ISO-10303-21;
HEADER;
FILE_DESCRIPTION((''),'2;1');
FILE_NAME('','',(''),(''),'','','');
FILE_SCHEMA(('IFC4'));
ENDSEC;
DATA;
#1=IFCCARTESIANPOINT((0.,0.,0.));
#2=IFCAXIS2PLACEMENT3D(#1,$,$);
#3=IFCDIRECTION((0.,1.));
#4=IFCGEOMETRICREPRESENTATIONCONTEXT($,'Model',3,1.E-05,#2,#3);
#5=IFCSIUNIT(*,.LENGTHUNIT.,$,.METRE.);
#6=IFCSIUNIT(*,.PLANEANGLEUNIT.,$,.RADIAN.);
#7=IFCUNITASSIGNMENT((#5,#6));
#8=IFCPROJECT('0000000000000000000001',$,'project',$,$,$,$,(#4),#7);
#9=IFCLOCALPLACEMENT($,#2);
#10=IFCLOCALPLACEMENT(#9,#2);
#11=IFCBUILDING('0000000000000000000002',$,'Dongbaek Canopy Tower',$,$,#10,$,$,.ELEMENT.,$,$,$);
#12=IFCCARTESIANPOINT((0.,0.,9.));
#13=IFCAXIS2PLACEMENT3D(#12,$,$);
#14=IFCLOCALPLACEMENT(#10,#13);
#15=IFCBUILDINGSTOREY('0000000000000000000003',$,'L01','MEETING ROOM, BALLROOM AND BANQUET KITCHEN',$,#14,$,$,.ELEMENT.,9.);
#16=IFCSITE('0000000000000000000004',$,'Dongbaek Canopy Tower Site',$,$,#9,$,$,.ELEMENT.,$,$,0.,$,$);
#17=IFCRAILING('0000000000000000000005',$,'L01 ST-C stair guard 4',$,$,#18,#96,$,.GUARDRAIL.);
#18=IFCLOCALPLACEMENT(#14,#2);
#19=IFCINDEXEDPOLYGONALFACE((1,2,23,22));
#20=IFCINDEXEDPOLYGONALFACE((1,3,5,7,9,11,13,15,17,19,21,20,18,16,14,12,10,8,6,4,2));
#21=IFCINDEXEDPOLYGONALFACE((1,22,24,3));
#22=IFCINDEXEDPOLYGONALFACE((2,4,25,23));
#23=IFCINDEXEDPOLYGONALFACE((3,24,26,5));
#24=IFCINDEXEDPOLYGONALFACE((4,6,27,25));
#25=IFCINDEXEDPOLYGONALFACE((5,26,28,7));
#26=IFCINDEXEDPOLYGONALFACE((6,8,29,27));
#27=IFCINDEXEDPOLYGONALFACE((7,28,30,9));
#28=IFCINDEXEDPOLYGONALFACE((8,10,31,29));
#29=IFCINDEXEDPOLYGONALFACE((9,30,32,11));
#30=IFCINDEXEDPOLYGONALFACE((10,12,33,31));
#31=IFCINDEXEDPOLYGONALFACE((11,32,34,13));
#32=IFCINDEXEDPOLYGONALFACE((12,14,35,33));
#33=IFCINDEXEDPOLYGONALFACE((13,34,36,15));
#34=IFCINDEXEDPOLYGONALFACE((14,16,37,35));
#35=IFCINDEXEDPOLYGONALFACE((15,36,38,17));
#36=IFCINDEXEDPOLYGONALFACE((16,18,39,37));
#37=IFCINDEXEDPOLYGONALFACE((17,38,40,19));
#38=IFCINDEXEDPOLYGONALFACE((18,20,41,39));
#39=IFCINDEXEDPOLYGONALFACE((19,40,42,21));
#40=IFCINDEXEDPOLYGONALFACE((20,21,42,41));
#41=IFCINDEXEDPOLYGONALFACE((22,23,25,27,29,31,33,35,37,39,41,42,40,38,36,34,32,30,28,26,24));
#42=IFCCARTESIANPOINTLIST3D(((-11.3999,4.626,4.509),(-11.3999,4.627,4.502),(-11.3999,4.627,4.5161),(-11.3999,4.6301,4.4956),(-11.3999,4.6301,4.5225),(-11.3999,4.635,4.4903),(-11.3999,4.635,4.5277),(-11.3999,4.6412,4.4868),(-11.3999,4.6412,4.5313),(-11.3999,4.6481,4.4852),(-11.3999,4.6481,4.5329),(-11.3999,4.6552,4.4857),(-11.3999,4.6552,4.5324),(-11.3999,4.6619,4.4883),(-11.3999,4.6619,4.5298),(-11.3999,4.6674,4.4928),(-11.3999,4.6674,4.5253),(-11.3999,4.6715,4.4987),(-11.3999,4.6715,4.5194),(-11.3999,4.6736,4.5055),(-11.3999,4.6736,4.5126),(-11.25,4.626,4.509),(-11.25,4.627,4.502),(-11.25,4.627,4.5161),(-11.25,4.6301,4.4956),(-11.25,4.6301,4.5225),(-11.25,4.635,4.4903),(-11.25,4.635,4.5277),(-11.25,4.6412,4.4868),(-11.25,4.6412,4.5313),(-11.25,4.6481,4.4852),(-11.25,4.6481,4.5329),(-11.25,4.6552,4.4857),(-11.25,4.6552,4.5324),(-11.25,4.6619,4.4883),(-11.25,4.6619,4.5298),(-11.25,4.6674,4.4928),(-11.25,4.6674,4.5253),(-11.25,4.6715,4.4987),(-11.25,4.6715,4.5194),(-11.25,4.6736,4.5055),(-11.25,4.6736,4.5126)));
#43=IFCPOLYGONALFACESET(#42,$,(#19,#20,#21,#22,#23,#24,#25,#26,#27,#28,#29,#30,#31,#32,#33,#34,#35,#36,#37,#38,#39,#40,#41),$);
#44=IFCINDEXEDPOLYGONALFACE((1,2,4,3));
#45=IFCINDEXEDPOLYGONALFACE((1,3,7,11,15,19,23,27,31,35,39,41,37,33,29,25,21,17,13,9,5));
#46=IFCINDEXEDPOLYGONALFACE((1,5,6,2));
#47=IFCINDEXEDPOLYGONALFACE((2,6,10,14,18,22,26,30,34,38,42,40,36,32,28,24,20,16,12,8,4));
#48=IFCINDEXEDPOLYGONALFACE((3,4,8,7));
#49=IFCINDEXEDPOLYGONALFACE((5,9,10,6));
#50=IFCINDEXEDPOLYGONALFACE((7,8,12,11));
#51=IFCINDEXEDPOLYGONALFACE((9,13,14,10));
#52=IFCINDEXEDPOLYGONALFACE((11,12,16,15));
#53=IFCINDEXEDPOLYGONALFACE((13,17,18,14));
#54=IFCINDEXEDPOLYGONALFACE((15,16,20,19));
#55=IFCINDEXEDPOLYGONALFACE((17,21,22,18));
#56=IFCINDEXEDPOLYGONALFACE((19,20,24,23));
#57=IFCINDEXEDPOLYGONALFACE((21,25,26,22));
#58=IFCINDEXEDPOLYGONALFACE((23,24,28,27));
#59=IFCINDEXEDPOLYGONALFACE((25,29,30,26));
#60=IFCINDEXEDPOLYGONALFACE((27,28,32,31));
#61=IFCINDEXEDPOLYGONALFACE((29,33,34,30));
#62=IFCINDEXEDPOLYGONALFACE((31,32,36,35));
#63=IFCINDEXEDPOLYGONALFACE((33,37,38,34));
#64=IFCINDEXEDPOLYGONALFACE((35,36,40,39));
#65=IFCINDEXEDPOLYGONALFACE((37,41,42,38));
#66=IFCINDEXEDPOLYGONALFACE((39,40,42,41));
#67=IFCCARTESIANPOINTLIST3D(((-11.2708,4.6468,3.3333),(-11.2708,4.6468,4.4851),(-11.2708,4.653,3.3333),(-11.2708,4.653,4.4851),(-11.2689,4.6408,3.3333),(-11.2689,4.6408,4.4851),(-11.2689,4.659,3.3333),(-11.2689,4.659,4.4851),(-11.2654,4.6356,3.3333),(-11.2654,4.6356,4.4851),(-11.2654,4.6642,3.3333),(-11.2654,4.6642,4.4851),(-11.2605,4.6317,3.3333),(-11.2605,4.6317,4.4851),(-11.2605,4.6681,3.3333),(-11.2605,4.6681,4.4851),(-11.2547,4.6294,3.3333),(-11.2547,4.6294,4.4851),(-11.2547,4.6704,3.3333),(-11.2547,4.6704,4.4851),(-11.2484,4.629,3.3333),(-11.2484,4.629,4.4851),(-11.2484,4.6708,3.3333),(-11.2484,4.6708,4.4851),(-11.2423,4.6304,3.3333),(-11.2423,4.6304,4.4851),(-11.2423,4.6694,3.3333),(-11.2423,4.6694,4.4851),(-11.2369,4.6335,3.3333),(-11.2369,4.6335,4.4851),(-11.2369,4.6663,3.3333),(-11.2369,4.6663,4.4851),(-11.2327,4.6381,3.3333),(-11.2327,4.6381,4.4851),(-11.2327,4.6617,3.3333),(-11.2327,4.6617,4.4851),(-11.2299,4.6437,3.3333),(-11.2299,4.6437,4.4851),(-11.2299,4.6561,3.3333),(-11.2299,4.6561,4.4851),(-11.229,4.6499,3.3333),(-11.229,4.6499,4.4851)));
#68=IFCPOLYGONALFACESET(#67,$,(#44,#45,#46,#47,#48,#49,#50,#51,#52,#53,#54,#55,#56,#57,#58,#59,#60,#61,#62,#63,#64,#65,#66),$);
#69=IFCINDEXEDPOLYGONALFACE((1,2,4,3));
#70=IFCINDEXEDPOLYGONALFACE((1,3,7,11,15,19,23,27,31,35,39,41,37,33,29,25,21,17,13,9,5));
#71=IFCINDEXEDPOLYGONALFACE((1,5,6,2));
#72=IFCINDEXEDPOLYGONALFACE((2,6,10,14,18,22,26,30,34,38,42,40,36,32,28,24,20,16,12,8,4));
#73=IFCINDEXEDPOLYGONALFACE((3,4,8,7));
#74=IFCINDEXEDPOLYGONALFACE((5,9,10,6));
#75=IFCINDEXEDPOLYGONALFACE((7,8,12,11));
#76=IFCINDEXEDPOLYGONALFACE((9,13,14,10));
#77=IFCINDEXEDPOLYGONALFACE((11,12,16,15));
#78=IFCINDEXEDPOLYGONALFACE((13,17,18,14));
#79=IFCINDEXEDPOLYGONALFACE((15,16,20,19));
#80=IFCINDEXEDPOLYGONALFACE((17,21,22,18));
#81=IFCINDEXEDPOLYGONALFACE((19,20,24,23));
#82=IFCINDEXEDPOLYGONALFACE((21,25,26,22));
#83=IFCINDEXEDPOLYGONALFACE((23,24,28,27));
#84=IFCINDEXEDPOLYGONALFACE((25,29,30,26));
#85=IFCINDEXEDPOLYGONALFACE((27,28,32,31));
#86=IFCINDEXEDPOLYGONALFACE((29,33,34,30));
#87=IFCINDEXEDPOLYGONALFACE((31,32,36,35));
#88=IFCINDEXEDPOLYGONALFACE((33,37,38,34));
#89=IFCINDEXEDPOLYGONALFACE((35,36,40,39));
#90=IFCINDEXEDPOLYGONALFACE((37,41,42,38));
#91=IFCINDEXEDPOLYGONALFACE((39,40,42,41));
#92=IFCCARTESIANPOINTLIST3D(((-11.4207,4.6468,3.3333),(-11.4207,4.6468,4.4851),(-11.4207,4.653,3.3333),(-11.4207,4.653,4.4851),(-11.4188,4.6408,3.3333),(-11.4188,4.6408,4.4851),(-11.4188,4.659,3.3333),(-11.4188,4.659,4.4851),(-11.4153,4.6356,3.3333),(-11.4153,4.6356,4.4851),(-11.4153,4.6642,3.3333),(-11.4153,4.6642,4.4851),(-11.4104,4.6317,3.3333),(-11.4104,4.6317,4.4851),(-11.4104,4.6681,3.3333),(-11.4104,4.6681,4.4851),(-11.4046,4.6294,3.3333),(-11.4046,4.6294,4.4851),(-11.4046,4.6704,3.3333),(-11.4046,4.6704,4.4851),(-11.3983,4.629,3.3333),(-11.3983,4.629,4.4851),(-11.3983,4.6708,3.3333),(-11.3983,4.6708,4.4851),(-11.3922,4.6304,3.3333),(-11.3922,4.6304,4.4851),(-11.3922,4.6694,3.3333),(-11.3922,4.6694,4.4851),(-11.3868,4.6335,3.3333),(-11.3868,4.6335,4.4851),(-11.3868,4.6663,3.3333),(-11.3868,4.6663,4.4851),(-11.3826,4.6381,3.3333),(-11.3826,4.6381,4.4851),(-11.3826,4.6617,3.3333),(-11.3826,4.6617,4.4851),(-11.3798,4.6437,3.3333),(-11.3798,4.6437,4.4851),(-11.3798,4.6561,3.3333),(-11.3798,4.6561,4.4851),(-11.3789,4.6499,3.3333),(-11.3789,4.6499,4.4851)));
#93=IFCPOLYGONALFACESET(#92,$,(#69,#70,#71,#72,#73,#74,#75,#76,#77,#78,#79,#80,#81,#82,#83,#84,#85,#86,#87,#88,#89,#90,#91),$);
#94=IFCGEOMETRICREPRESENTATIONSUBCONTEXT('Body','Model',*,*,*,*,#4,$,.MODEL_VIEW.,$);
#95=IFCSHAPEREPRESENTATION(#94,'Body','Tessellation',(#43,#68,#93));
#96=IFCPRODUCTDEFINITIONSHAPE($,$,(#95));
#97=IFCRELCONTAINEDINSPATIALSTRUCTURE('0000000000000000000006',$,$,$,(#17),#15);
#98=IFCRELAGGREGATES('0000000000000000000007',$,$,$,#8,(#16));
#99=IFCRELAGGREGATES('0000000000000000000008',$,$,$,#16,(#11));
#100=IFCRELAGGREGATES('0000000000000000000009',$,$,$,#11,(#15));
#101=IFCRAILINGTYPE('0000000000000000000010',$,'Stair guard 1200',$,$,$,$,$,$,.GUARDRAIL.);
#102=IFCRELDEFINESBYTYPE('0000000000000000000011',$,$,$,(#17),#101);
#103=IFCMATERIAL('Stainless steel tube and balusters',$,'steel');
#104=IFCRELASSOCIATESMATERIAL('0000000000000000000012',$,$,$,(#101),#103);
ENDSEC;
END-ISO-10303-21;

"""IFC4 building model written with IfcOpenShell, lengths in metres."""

from ifc_helpers import new_model, si_unit, direction, frame, origin, origin_2d, place, context, subcontext, project, spatial, circle, extrude, material, type_object, element, save


model = new_model("IFC4")

# Units and contexts
model_context = context("Model", 3, precision=1e-05, world=origin(), true_north=direction((0.0, 1.0)))
body_context = subcontext(model_context, "Body", "Model", "MODEL_VIEW")
ifc_project = project(units=[si_unit("LENGTHUNIT", "METRE"), si_unit("PLANEANGLEUNIT", "RADIAN")], contexts=[model_context])

# Site, building, storey
site_placement = place(None, origin())
site = spatial("IfcSite", under=ifc_project, at=site_placement, Name="Dongbaek Canopy Tower Site", CompositionType="ELEMENT", RefElevation=0.0)
building_placement = place(site_placement, origin())
building = spatial("IfcBuilding", under=site, at=building_placement, Name="Dongbaek Canopy Tower", CompositionType="ELEMENT")
storey_placement = place(building_placement, frame((0.0, 0.0, 9.0)))
storey = spatial("IfcBuildingStorey", under=building, at=storey_placement, Name="L01", Description="MEETING ROOM, BALLROOM AND BANQUET KITCHEN", CompositionType="ELEMENT", Elevation=9.0)

# Railing
ifc_material_1 = material(Name="Stainless steel tube and balusters", Category="steel")
railing_type_1 = type_object("IfcRailingType", Name="Stair guard 1200", PredefinedType="GUARDRAIL", material=ifc_material_1)
railing_1_placement = place(storey_placement, frame((-11.25, 4.6499, 3.3333)))
element("IfcRailing", 1, at=railing_1_placement, inside=storey, type_object=railing_type_1, Name="L01 ST-C stair guard 4", PredefinedType="GUARDRAIL", context=body_context, shape_type="SweptSolid", body=[
    extrude(circle(Radius=0.0239, at=origin_2d()), frame((0.0, 0.0, 1.1758), z_axis=(-1.0, 0.0, 0.0), x_axis=(0.0, -1.0, 0.0)), (0.0, 0.0, 1.0), 0.1499),
    extrude(circle(Radius=0.021, at=origin_2d()), origin(), (0.0, 0.0, 1.0), 1.1519),
    extrude(circle(Radius=0.021, at=origin_2d()), frame((-0.1499, 0.0, 0.0)), (0.0, 0.0, 1.0), 1.1519),
])

save(model, "model.ifc")
